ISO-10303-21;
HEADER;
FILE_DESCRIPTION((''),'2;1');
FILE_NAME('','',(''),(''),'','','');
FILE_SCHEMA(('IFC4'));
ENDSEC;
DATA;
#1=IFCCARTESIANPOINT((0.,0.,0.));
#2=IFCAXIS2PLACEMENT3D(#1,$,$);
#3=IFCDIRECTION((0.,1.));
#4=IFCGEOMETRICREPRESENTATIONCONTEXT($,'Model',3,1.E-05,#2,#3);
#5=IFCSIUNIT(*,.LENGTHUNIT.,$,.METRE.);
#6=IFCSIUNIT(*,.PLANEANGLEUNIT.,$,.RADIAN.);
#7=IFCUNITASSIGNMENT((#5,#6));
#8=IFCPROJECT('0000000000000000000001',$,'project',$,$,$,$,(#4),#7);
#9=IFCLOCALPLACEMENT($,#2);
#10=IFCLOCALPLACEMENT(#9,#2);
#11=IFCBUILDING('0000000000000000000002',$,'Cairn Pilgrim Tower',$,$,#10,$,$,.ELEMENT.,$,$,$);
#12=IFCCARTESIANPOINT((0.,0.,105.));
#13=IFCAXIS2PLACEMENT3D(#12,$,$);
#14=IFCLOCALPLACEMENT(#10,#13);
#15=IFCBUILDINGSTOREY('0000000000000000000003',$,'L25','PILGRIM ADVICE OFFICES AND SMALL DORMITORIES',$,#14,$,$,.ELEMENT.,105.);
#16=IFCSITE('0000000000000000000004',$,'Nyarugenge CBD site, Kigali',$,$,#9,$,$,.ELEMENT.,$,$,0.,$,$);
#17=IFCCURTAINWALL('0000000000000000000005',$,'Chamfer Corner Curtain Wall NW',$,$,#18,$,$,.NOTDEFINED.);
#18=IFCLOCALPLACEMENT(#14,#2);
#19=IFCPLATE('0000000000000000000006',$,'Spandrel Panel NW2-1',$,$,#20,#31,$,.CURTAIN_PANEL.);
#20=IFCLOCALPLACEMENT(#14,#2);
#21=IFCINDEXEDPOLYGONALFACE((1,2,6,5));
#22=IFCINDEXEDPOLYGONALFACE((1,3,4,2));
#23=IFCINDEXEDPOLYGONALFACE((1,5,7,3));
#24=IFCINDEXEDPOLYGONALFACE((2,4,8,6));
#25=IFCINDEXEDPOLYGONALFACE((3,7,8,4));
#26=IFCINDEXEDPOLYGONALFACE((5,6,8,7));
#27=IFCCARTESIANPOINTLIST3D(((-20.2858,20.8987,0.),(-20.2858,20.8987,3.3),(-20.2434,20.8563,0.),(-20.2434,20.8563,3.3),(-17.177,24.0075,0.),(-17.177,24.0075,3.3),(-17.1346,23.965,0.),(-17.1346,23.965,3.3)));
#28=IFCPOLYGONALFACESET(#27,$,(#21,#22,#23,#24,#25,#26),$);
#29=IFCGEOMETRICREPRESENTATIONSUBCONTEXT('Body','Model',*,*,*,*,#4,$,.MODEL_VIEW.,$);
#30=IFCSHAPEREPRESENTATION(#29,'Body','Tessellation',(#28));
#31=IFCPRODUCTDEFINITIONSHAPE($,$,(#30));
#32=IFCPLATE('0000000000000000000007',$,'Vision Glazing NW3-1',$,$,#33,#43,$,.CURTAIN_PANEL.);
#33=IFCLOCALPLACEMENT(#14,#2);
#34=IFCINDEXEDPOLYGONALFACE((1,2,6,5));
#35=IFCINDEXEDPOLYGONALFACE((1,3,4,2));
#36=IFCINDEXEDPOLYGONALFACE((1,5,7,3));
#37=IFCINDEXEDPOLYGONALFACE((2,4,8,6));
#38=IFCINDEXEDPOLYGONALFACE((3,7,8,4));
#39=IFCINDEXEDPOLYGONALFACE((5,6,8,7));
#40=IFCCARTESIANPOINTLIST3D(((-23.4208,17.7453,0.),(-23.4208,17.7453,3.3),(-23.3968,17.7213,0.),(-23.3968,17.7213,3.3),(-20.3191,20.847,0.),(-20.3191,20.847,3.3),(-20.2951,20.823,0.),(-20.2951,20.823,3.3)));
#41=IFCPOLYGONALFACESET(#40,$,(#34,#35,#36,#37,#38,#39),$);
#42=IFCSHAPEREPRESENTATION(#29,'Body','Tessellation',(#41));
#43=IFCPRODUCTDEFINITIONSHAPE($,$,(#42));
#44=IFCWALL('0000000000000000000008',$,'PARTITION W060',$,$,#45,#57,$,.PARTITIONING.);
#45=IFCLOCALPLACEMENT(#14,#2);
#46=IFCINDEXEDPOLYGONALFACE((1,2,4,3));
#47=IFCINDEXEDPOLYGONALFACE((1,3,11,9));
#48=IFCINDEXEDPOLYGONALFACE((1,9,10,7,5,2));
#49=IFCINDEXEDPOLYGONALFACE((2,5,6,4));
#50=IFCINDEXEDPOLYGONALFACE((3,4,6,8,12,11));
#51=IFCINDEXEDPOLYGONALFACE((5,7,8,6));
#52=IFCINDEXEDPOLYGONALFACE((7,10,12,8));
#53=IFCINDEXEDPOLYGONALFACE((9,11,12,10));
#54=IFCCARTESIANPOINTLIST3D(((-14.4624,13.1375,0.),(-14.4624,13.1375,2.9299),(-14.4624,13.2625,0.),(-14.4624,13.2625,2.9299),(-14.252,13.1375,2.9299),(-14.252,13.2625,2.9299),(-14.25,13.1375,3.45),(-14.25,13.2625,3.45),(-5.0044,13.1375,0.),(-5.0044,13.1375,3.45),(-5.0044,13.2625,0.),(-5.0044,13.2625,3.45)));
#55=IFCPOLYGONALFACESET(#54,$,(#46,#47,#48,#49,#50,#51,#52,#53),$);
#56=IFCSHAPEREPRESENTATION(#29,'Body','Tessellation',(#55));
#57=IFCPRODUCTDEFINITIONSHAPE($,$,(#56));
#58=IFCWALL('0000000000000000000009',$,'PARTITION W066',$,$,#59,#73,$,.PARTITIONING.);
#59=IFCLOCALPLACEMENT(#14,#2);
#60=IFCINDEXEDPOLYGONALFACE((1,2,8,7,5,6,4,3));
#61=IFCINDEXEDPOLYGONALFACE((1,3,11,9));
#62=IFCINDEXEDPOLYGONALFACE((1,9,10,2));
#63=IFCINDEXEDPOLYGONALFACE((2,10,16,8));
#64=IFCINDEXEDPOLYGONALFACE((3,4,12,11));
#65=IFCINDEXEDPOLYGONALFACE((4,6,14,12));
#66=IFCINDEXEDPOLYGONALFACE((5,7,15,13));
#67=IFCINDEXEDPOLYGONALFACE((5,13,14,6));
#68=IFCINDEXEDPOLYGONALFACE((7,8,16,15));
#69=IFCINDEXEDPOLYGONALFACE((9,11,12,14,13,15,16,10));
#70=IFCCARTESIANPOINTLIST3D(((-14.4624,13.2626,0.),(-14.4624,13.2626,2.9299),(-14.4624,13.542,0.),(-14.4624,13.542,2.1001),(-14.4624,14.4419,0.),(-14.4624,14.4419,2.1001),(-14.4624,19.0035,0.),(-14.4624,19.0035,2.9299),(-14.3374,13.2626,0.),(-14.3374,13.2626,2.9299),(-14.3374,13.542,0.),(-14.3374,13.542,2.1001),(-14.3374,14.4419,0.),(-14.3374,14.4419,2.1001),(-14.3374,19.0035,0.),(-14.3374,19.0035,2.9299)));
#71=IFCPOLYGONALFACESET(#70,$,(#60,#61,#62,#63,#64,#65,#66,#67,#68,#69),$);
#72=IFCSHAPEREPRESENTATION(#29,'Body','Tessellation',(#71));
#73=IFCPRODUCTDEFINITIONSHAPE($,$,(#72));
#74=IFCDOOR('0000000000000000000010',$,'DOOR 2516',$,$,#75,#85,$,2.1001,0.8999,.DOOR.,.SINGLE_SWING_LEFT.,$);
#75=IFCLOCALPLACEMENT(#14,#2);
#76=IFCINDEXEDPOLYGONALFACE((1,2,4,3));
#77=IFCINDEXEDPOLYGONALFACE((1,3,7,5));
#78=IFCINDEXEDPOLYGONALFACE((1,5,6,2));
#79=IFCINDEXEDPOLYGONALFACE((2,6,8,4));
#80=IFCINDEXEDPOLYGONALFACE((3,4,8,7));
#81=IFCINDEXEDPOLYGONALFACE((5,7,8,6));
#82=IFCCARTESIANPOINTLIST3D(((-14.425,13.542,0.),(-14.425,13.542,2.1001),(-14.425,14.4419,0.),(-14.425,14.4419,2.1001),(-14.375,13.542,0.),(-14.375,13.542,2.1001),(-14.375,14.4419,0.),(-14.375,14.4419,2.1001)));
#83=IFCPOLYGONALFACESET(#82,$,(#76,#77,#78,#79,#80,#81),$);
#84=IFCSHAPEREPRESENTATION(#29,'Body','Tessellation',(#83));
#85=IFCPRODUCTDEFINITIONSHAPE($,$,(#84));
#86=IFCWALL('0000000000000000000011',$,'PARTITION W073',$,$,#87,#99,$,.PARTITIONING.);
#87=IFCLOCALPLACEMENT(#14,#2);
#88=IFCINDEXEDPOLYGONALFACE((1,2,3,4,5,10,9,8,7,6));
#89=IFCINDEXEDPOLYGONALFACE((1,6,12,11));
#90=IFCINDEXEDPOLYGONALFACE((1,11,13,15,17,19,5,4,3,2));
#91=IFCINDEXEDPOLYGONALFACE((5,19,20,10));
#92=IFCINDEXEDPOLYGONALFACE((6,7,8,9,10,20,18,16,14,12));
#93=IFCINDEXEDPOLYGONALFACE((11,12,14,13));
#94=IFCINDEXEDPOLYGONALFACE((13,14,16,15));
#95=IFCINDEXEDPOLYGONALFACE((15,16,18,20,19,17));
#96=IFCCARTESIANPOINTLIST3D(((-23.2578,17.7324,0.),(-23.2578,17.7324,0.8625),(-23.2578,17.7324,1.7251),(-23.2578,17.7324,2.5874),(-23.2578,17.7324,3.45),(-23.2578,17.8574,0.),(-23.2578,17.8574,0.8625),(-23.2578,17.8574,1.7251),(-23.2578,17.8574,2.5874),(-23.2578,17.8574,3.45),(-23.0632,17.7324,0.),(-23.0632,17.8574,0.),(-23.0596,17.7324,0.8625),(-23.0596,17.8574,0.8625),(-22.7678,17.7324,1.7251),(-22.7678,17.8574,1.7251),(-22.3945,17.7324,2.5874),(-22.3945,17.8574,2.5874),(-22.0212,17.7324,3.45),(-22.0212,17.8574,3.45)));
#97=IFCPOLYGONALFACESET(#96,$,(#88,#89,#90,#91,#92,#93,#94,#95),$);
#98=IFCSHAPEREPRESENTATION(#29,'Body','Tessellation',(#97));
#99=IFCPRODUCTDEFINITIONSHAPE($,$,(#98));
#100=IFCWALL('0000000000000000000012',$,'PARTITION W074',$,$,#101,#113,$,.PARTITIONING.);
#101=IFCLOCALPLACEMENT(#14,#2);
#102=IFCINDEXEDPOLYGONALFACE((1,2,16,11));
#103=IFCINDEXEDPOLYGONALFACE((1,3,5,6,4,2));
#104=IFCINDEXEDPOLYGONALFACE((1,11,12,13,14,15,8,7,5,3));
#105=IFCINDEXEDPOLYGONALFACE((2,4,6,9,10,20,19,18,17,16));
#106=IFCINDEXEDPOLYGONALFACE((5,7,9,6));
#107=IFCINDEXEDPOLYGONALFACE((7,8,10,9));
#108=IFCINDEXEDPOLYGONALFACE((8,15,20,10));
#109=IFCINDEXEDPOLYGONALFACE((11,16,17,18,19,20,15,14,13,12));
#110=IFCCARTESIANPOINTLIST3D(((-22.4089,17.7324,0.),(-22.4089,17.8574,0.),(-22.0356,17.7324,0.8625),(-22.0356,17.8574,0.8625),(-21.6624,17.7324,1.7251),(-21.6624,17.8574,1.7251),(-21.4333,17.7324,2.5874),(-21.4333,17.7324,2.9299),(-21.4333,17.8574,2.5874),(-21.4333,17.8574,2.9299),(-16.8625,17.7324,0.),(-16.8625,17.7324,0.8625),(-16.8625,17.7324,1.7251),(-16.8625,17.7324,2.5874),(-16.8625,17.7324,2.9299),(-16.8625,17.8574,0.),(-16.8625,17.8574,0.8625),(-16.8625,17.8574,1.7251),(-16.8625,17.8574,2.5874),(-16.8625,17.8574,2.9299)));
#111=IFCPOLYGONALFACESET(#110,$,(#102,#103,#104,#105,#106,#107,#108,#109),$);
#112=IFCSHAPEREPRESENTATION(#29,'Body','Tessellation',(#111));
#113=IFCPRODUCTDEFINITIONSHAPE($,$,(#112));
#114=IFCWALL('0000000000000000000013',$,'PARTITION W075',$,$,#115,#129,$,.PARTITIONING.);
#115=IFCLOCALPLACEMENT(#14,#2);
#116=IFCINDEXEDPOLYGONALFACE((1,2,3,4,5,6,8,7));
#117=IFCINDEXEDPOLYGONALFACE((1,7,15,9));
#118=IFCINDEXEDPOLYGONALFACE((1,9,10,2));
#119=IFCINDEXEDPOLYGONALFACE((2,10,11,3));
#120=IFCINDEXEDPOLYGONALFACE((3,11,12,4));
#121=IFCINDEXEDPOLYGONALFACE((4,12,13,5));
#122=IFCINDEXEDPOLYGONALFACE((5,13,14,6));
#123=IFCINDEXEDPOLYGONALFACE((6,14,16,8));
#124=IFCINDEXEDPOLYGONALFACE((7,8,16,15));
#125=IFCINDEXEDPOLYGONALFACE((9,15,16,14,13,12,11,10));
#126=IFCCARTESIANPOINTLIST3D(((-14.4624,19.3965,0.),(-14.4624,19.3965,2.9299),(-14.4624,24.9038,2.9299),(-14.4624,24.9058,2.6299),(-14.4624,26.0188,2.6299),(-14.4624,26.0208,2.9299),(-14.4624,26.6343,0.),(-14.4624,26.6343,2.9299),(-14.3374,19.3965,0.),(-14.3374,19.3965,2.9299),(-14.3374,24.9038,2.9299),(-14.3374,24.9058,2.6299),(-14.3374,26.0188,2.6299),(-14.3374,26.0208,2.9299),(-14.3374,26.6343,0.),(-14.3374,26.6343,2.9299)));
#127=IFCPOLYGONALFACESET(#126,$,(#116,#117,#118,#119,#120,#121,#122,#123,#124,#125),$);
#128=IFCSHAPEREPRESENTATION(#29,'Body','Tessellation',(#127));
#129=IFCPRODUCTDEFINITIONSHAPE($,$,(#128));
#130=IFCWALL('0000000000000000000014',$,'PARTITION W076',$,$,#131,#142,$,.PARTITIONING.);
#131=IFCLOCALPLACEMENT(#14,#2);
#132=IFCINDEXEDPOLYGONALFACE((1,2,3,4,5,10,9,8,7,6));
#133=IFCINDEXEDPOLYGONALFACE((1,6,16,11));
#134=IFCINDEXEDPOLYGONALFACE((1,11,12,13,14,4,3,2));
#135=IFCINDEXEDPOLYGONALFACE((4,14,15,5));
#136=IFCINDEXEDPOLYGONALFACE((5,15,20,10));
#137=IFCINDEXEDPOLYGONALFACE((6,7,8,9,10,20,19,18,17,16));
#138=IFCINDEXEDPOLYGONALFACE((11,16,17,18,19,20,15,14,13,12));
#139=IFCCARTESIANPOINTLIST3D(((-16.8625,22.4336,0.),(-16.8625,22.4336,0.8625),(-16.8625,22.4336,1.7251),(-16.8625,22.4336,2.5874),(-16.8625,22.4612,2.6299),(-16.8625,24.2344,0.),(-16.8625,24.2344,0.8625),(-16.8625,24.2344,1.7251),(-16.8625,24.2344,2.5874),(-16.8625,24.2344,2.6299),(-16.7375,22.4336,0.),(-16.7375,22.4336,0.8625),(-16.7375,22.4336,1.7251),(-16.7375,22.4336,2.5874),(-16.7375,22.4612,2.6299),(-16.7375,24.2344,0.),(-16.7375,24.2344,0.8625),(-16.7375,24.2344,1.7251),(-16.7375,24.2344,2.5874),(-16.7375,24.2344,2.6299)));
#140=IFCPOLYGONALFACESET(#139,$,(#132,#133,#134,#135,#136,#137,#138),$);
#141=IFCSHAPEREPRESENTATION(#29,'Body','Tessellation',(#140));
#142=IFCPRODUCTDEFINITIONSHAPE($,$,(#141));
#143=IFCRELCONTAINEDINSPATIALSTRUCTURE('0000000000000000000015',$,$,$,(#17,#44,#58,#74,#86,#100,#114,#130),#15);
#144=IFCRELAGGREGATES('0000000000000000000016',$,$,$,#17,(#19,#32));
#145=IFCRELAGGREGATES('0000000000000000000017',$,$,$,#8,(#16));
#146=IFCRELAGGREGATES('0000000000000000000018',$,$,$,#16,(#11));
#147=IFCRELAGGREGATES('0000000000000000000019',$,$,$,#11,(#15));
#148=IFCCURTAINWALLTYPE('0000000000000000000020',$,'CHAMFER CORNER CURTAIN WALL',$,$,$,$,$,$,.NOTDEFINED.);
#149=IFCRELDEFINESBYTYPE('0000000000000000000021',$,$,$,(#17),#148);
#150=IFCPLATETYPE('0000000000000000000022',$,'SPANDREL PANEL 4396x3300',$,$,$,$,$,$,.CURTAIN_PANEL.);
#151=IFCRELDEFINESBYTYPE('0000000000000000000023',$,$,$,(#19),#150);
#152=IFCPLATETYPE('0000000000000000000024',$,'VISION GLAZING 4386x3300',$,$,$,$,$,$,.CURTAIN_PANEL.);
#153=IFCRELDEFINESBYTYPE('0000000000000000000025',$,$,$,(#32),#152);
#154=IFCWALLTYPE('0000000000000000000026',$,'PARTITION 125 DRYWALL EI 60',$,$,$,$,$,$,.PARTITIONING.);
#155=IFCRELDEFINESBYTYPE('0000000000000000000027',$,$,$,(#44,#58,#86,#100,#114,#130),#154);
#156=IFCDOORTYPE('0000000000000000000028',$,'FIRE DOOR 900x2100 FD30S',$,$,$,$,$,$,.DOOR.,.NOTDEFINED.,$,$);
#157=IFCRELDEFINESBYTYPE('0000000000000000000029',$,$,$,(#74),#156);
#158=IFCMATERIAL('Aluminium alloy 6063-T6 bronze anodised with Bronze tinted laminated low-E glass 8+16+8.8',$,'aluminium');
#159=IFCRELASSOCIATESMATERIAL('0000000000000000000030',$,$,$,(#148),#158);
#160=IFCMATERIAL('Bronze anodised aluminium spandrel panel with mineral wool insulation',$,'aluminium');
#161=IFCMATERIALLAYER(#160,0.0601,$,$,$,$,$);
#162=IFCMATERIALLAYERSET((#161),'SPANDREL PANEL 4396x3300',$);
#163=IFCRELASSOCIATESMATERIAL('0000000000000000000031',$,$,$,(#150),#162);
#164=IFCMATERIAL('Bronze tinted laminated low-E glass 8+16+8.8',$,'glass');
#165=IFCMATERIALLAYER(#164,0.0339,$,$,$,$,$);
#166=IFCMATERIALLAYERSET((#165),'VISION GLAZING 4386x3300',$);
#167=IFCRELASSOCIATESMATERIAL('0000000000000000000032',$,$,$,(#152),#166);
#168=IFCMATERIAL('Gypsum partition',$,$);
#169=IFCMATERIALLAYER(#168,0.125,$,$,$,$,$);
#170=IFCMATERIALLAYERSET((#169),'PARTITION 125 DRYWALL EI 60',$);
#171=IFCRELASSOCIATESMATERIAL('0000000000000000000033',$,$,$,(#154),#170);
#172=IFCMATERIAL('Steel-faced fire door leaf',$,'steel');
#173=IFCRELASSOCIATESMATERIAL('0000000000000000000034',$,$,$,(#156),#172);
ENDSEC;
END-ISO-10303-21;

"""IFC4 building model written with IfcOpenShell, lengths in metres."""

from ifc_helpers import new_model, si_unit, direction, frame, frame_2d, origin, origin_2d, place, context, subcontext, project, spatial, polyline, rectangle, outline, extrude, material, layer, layer_set, type_object, element, fill, aggregate, save


model = new_model("IFC4")

# Units and contexts
model_context = context("Model", 3, precision=1e-05, world=origin(), true_north=direction((0.0, 1.0)))
body_context = subcontext(model_context, "Body", "Model", "MODEL_VIEW")
ifc_project = project(units=[si_unit("LENGTHUNIT", "METRE"), si_unit("PLANEANGLEUNIT", "RADIAN")], contexts=[model_context])

# Site, building, storey
site_placement = place(None, origin())
site = spatial("IfcSite", under=ifc_project, at=site_placement, Name="Nyarugenge CBD site, Kigali", CompositionType="ELEMENT", RefElevation=0.0)
building_placement = place(site_placement, origin())
building = spatial("IfcBuilding", under=site, at=building_placement, Name="Cairn Pilgrim Tower", CompositionType="ELEMENT")
storey_placement = place(building_placement, frame((0.0, 0.0, 105.0)))
storey = spatial("IfcBuildingStorey", under=building, at=storey_placement, Name="L25", Description="PILGRIM ADVICE OFFICES AND SMALL DORMITORIES", CompositionType="ELEMENT", Elevation=105.0)

# Curtain wall
ifc_material_1 = material(Name="Aluminium alloy 6063-T6 bronze anodised with Bronze tinted laminated low-E glass 8+16+8.8", Category="aluminium")
curtain_wall_type_1 = type_object("IfcCurtainWallType", Name="CHAMFER CORNER CURTAIN WALL", PredefinedType="NOTDEFINED", material=ifc_material_1)
curtain_wall_1_placement = place(storey_placement, origin())
curtain_wall_1 = element("IfcCurtainWall", 1, at=curtain_wall_1_placement, inside=storey, type_object=curtain_wall_type_1, Name="Chamfer Corner Curtain Wall NW", PredefinedType="NOTDEFINED")

# Plates
ifc_material_2 = material(Name="Bronze anodised aluminium spandrel panel with mineral wool insulation", Category="aluminium")
ifc_layer_1 = layer(ifc_material_2, 0.0601)
ifc_layer_set_1 = layer_set([ifc_layer_1], Name="SPANDREL PANEL 4396x3300")
plate_type_1 = type_object("IfcPlateType", Name="SPANDREL PANEL 4396x3300", PredefinedType="CURTAIN_PANEL", material=ifc_layer_set_1)
plate_1_placement = place(storey_placement, frame((-18.7102, 22.4319, 0.0), z_axis=(0.0, 0.0, 1.0), x_axis=(-0.707107, -0.707107, 0.0)))
plate_1 = element("IfcPlate", 2, at=plate_1_placement, type_object=plate_type_1, Name="Spandrel Panel NW2-1", PredefinedType="CURTAIN_PANEL", context=body_context, shape_type="SweptSolid", body=[
    extrude(rectangle(XDim=4.3965, YDim=0.0601, at=origin_2d()), origin(), (0.0, 0.0, 1.0), 3.3),
])
ifc_material_3 = material(Name="Bronze tinted laminated low-E glass 8+16+8.8", Category="glass")
ifc_layer_2 = layer(ifc_material_3, 0.0339)
ifc_layer_set_2 = layer_set([ifc_layer_2], Name="VISION GLAZING 4386x3300")
plate_type_2 = type_object("IfcPlateType", Name="VISION GLAZING 4386x3300", PredefinedType="CURTAIN_PANEL", material=ifc_layer_set_2)
plate_2_placement = place(storey_placement, frame((-21.8579, 19.2842, 0.0), z_axis=(0.0, 0.0, 1.0), x_axis=(-0.707107, -0.707107, 0.0)))
plate_2 = element("IfcPlate", 3, at=plate_2_placement, type_object=plate_type_2, Name="Vision Glazing NW3-1", PredefinedType="CURTAIN_PANEL", context=body_context, shape_type="SweptSolid", body=[
    extrude(rectangle(XDim=4.3865, YDim=0.0339, at=origin_2d()), origin(), (0.0, 0.0, 1.0), 3.3),
])
aggregate(curtain_wall_1, [plate_1, plate_2])

# Wall
ifc_material_4 = material(Name="Gypsum partition")
ifc_layer_3 = layer(ifc_material_4, 0.125)
ifc_layer_set_3 = layer_set([ifc_layer_3], Name="PARTITION 125 DRYWALL EI 60")
wall_type_1 = type_object("IfcWallType", Name="PARTITION 125 DRYWALL EI 60", PredefinedType="PARTITIONING", material=ifc_layer_set_3)
wall_1_placement = place(storey_placement, frame((-14.4624, 13.2, 0.0), z_axis=(0.0, 0.0, 1.0), x_axis=(1.0, 0.0, 0.0)))
element("IfcWall", 4, at=wall_1_placement, inside=storey, type_object=wall_type_1, Name="PARTITION W060", PredefinedType="PARTITIONING", context=body_context, shape_type="SweptSolid", body=[
    extrude(outline(polyline([(0.0, 0.0), (9.458, 0.0), (9.458, 3.45), (0.2124, 3.45), (0.2104, 2.9299), (0.0, 2.9299), (0.0, 0.0)])), frame((0.0, 0.0625, 0.0), z_axis=(0.0, -1.0, 0.0), x_axis=(1.0, 0.0, 0.0)), (0.0, 0.0, 1.0), 0.125),
])

# Wall, opening, door
wall_2_placement = place(storey_placement, frame((-14.3999, 13.2625, 0.0), z_axis=(0.0, 0.0, 1.0), x_axis=(0.0, 1.0, 0.0)))
wall_2 = element("IfcWall", 5, at=wall_2_placement, inside=storey, type_object=wall_type_1, Name="PARTITION W066", PredefinedType="PARTITIONING", context=body_context, shape_type="SweptSolid", body=[
    extrude(rectangle(XDim=5.741, YDim=0.125, at=frame_2d((2.8706, 0.0))), origin(), (0.0, 0.0, 1.0), 2.9299),
])
opening_1_placement = place(wall_2_placement, frame((0.2795, 0.0, 0.0)))
opening_1 = element("IfcOpeningElement", 6, at=opening_1_placement, cuts=wall_2, PredefinedType="OPENING", context=body_context, shape_type="SweptSolid", body=[
    extrude(rectangle(XDim=0.8999, YDim=2.1001, at=frame_2d((0.45, 1.05))), frame((0.0, 0.0725, 0.0), z_axis=(0.0, -1.0, 0.0), x_axis=(1.0, 0.0, 0.0)), (0.0, 0.0, 1.0), 0.145),
])
ifc_material_5 = material(Name="Steel-faced fire door leaf", Category="steel")
door_type_1 = type_object("IfcDoorType", Name="FIRE DOOR 900x2100 FD30S", OperationType="NOTDEFINED", PredefinedType="DOOR", material=ifc_material_5)
door_1_placement = place(opening_1_placement, frame((0.8999, 0.0, 0.0), z_axis=(0.0, 0.0, 1.0), x_axis=(-1.0, 0.0, 0.0)))
door_1 = element("IfcDoor", 7, at=door_1_placement, inside=storey, type_object=door_type_1, Name="DOOR 2516", OperationType="SINGLE_SWING_LEFT", OverallHeight=2.1001, OverallWidth=0.8999, PredefinedType="DOOR", context=body_context, shape_type="SweptSolid", body=[
    extrude(rectangle(XDim=0.8999, YDim=2.1001, at=frame_2d((0.45, 1.05))), frame((0.0, 0.0249, 0.0), z_axis=(0.0, -1.0, 0.0), x_axis=(1.0, 0.0, 0.0)), (0.0, 0.0, 1.0), 0.05),
])
fill(opening_1, door_1)

# Walls
wall_3_placement = place(storey_placement, frame((-23.2578, 17.7949, 0.0), z_axis=(0.0, 0.0, 1.0), x_axis=(1.0, 0.0, 0.0)))
element("IfcWall", 8, at=wall_3_placement, inside=storey, type_object=wall_type_1, Name="PARTITION W073", PredefinedType="PARTITIONING", context=body_context, shape_type="SweptSolid", body=[
    extrude(outline(polyline([(0.0, 0.0), (0.1946, 0.0), (0.1982, 0.8625), (0.49, 1.7251), (0.8633, 2.5874), (1.2366, 3.45), (0.0, 3.45), (0.0, 2.5874), (0.0, 1.7251), (0.0, 0.8625), (0.0, 0.0)])), frame((0.0, 0.0625, 0.0), z_axis=(0.0, -1.0, 0.0), x_axis=(1.0, 0.0, 0.0)), (0.0, 0.0, 1.0), 0.125),
])
wall_4_placement = place(storey_placement, frame((-22.4089, 17.7949, 0.0), z_axis=(0.0, 0.0, 1.0), x_axis=(1.0, 0.0, 0.0)))
element("IfcWall", 9, at=wall_4_placement, inside=storey, type_object=wall_type_1, Name="PARTITION W074", PredefinedType="PARTITIONING", context=body_context, shape_type="SweptSolid", body=[
    extrude(outline(polyline([(0.0, 0.0), (5.5464, 0.0), (5.5464, 0.8625), (5.5464, 1.7251), (5.5464, 2.5874), (5.5464, 2.9299), (0.9756, 2.9299), (0.9756, 2.5874), (0.7466, 1.7251), (0.3733, 0.8625), (0.0, 0.0)])), frame((0.0, 0.0625, 0.0), z_axis=(0.0, -1.0, 0.0), x_axis=(1.0, 0.0, 0.0)), (0.0, 0.0, 1.0), 0.125),
])
wall_5_placement = place(storey_placement, frame((-14.3999, 19.3965, 0.0), z_axis=(0.0, 0.0, 1.0), x_axis=(0.0, 1.0, 0.0)))
element("IfcWall", 10, at=wall_5_placement, inside=storey, type_object=wall_type_1, Name="PARTITION W075", PredefinedType="PARTITIONING", context=body_context, shape_type="SweptSolid", body=[
    extrude(outline(polyline([(0.0, 0.0), (7.2378, 0.0), (7.2378, 2.9299), (6.6243, 2.9299), (6.6223, 2.6299), (5.5093, 2.6299), (5.5073, 2.9299), (0.0, 2.9299), (0.0, 0.0)])), frame((0.0, 0.0625, 0.0), z_axis=(0.0, -1.0, 0.0), x_axis=(1.0, 0.0, 0.0)), (0.0, 0.0, 1.0), 0.125),
])
wall_6_placement = place(storey_placement, frame((-16.8, 22.4336, 0.0), z_axis=(0.0, 0.0, 1.0), x_axis=(0.0, 1.0, 0.0)))
element("IfcWall", 11, at=wall_6_placement, inside=storey, type_object=wall_type_1, Name="PARTITION W076", PredefinedType="PARTITIONING", context=body_context, shape_type="SweptSolid", body=[
    extrude(outline(polyline([(0.0, 0.0), (1.8008, 0.0), (1.8008, 0.8625), (1.8008, 1.7251), (1.8008, 2.5874), (1.8008, 2.6299), (0.0276, 2.6299), (0.0, 2.5874), (0.0, 1.7251), (0.0, 0.8625), (0.0, 0.0)])), frame((0.0, 0.0625, 0.0), z_axis=(0.0, -1.0, 0.0), x_axis=(1.0, 0.0, 0.0)), (0.0, 0.0, 1.0), 0.125),
])

save(model, "model.ifc")
